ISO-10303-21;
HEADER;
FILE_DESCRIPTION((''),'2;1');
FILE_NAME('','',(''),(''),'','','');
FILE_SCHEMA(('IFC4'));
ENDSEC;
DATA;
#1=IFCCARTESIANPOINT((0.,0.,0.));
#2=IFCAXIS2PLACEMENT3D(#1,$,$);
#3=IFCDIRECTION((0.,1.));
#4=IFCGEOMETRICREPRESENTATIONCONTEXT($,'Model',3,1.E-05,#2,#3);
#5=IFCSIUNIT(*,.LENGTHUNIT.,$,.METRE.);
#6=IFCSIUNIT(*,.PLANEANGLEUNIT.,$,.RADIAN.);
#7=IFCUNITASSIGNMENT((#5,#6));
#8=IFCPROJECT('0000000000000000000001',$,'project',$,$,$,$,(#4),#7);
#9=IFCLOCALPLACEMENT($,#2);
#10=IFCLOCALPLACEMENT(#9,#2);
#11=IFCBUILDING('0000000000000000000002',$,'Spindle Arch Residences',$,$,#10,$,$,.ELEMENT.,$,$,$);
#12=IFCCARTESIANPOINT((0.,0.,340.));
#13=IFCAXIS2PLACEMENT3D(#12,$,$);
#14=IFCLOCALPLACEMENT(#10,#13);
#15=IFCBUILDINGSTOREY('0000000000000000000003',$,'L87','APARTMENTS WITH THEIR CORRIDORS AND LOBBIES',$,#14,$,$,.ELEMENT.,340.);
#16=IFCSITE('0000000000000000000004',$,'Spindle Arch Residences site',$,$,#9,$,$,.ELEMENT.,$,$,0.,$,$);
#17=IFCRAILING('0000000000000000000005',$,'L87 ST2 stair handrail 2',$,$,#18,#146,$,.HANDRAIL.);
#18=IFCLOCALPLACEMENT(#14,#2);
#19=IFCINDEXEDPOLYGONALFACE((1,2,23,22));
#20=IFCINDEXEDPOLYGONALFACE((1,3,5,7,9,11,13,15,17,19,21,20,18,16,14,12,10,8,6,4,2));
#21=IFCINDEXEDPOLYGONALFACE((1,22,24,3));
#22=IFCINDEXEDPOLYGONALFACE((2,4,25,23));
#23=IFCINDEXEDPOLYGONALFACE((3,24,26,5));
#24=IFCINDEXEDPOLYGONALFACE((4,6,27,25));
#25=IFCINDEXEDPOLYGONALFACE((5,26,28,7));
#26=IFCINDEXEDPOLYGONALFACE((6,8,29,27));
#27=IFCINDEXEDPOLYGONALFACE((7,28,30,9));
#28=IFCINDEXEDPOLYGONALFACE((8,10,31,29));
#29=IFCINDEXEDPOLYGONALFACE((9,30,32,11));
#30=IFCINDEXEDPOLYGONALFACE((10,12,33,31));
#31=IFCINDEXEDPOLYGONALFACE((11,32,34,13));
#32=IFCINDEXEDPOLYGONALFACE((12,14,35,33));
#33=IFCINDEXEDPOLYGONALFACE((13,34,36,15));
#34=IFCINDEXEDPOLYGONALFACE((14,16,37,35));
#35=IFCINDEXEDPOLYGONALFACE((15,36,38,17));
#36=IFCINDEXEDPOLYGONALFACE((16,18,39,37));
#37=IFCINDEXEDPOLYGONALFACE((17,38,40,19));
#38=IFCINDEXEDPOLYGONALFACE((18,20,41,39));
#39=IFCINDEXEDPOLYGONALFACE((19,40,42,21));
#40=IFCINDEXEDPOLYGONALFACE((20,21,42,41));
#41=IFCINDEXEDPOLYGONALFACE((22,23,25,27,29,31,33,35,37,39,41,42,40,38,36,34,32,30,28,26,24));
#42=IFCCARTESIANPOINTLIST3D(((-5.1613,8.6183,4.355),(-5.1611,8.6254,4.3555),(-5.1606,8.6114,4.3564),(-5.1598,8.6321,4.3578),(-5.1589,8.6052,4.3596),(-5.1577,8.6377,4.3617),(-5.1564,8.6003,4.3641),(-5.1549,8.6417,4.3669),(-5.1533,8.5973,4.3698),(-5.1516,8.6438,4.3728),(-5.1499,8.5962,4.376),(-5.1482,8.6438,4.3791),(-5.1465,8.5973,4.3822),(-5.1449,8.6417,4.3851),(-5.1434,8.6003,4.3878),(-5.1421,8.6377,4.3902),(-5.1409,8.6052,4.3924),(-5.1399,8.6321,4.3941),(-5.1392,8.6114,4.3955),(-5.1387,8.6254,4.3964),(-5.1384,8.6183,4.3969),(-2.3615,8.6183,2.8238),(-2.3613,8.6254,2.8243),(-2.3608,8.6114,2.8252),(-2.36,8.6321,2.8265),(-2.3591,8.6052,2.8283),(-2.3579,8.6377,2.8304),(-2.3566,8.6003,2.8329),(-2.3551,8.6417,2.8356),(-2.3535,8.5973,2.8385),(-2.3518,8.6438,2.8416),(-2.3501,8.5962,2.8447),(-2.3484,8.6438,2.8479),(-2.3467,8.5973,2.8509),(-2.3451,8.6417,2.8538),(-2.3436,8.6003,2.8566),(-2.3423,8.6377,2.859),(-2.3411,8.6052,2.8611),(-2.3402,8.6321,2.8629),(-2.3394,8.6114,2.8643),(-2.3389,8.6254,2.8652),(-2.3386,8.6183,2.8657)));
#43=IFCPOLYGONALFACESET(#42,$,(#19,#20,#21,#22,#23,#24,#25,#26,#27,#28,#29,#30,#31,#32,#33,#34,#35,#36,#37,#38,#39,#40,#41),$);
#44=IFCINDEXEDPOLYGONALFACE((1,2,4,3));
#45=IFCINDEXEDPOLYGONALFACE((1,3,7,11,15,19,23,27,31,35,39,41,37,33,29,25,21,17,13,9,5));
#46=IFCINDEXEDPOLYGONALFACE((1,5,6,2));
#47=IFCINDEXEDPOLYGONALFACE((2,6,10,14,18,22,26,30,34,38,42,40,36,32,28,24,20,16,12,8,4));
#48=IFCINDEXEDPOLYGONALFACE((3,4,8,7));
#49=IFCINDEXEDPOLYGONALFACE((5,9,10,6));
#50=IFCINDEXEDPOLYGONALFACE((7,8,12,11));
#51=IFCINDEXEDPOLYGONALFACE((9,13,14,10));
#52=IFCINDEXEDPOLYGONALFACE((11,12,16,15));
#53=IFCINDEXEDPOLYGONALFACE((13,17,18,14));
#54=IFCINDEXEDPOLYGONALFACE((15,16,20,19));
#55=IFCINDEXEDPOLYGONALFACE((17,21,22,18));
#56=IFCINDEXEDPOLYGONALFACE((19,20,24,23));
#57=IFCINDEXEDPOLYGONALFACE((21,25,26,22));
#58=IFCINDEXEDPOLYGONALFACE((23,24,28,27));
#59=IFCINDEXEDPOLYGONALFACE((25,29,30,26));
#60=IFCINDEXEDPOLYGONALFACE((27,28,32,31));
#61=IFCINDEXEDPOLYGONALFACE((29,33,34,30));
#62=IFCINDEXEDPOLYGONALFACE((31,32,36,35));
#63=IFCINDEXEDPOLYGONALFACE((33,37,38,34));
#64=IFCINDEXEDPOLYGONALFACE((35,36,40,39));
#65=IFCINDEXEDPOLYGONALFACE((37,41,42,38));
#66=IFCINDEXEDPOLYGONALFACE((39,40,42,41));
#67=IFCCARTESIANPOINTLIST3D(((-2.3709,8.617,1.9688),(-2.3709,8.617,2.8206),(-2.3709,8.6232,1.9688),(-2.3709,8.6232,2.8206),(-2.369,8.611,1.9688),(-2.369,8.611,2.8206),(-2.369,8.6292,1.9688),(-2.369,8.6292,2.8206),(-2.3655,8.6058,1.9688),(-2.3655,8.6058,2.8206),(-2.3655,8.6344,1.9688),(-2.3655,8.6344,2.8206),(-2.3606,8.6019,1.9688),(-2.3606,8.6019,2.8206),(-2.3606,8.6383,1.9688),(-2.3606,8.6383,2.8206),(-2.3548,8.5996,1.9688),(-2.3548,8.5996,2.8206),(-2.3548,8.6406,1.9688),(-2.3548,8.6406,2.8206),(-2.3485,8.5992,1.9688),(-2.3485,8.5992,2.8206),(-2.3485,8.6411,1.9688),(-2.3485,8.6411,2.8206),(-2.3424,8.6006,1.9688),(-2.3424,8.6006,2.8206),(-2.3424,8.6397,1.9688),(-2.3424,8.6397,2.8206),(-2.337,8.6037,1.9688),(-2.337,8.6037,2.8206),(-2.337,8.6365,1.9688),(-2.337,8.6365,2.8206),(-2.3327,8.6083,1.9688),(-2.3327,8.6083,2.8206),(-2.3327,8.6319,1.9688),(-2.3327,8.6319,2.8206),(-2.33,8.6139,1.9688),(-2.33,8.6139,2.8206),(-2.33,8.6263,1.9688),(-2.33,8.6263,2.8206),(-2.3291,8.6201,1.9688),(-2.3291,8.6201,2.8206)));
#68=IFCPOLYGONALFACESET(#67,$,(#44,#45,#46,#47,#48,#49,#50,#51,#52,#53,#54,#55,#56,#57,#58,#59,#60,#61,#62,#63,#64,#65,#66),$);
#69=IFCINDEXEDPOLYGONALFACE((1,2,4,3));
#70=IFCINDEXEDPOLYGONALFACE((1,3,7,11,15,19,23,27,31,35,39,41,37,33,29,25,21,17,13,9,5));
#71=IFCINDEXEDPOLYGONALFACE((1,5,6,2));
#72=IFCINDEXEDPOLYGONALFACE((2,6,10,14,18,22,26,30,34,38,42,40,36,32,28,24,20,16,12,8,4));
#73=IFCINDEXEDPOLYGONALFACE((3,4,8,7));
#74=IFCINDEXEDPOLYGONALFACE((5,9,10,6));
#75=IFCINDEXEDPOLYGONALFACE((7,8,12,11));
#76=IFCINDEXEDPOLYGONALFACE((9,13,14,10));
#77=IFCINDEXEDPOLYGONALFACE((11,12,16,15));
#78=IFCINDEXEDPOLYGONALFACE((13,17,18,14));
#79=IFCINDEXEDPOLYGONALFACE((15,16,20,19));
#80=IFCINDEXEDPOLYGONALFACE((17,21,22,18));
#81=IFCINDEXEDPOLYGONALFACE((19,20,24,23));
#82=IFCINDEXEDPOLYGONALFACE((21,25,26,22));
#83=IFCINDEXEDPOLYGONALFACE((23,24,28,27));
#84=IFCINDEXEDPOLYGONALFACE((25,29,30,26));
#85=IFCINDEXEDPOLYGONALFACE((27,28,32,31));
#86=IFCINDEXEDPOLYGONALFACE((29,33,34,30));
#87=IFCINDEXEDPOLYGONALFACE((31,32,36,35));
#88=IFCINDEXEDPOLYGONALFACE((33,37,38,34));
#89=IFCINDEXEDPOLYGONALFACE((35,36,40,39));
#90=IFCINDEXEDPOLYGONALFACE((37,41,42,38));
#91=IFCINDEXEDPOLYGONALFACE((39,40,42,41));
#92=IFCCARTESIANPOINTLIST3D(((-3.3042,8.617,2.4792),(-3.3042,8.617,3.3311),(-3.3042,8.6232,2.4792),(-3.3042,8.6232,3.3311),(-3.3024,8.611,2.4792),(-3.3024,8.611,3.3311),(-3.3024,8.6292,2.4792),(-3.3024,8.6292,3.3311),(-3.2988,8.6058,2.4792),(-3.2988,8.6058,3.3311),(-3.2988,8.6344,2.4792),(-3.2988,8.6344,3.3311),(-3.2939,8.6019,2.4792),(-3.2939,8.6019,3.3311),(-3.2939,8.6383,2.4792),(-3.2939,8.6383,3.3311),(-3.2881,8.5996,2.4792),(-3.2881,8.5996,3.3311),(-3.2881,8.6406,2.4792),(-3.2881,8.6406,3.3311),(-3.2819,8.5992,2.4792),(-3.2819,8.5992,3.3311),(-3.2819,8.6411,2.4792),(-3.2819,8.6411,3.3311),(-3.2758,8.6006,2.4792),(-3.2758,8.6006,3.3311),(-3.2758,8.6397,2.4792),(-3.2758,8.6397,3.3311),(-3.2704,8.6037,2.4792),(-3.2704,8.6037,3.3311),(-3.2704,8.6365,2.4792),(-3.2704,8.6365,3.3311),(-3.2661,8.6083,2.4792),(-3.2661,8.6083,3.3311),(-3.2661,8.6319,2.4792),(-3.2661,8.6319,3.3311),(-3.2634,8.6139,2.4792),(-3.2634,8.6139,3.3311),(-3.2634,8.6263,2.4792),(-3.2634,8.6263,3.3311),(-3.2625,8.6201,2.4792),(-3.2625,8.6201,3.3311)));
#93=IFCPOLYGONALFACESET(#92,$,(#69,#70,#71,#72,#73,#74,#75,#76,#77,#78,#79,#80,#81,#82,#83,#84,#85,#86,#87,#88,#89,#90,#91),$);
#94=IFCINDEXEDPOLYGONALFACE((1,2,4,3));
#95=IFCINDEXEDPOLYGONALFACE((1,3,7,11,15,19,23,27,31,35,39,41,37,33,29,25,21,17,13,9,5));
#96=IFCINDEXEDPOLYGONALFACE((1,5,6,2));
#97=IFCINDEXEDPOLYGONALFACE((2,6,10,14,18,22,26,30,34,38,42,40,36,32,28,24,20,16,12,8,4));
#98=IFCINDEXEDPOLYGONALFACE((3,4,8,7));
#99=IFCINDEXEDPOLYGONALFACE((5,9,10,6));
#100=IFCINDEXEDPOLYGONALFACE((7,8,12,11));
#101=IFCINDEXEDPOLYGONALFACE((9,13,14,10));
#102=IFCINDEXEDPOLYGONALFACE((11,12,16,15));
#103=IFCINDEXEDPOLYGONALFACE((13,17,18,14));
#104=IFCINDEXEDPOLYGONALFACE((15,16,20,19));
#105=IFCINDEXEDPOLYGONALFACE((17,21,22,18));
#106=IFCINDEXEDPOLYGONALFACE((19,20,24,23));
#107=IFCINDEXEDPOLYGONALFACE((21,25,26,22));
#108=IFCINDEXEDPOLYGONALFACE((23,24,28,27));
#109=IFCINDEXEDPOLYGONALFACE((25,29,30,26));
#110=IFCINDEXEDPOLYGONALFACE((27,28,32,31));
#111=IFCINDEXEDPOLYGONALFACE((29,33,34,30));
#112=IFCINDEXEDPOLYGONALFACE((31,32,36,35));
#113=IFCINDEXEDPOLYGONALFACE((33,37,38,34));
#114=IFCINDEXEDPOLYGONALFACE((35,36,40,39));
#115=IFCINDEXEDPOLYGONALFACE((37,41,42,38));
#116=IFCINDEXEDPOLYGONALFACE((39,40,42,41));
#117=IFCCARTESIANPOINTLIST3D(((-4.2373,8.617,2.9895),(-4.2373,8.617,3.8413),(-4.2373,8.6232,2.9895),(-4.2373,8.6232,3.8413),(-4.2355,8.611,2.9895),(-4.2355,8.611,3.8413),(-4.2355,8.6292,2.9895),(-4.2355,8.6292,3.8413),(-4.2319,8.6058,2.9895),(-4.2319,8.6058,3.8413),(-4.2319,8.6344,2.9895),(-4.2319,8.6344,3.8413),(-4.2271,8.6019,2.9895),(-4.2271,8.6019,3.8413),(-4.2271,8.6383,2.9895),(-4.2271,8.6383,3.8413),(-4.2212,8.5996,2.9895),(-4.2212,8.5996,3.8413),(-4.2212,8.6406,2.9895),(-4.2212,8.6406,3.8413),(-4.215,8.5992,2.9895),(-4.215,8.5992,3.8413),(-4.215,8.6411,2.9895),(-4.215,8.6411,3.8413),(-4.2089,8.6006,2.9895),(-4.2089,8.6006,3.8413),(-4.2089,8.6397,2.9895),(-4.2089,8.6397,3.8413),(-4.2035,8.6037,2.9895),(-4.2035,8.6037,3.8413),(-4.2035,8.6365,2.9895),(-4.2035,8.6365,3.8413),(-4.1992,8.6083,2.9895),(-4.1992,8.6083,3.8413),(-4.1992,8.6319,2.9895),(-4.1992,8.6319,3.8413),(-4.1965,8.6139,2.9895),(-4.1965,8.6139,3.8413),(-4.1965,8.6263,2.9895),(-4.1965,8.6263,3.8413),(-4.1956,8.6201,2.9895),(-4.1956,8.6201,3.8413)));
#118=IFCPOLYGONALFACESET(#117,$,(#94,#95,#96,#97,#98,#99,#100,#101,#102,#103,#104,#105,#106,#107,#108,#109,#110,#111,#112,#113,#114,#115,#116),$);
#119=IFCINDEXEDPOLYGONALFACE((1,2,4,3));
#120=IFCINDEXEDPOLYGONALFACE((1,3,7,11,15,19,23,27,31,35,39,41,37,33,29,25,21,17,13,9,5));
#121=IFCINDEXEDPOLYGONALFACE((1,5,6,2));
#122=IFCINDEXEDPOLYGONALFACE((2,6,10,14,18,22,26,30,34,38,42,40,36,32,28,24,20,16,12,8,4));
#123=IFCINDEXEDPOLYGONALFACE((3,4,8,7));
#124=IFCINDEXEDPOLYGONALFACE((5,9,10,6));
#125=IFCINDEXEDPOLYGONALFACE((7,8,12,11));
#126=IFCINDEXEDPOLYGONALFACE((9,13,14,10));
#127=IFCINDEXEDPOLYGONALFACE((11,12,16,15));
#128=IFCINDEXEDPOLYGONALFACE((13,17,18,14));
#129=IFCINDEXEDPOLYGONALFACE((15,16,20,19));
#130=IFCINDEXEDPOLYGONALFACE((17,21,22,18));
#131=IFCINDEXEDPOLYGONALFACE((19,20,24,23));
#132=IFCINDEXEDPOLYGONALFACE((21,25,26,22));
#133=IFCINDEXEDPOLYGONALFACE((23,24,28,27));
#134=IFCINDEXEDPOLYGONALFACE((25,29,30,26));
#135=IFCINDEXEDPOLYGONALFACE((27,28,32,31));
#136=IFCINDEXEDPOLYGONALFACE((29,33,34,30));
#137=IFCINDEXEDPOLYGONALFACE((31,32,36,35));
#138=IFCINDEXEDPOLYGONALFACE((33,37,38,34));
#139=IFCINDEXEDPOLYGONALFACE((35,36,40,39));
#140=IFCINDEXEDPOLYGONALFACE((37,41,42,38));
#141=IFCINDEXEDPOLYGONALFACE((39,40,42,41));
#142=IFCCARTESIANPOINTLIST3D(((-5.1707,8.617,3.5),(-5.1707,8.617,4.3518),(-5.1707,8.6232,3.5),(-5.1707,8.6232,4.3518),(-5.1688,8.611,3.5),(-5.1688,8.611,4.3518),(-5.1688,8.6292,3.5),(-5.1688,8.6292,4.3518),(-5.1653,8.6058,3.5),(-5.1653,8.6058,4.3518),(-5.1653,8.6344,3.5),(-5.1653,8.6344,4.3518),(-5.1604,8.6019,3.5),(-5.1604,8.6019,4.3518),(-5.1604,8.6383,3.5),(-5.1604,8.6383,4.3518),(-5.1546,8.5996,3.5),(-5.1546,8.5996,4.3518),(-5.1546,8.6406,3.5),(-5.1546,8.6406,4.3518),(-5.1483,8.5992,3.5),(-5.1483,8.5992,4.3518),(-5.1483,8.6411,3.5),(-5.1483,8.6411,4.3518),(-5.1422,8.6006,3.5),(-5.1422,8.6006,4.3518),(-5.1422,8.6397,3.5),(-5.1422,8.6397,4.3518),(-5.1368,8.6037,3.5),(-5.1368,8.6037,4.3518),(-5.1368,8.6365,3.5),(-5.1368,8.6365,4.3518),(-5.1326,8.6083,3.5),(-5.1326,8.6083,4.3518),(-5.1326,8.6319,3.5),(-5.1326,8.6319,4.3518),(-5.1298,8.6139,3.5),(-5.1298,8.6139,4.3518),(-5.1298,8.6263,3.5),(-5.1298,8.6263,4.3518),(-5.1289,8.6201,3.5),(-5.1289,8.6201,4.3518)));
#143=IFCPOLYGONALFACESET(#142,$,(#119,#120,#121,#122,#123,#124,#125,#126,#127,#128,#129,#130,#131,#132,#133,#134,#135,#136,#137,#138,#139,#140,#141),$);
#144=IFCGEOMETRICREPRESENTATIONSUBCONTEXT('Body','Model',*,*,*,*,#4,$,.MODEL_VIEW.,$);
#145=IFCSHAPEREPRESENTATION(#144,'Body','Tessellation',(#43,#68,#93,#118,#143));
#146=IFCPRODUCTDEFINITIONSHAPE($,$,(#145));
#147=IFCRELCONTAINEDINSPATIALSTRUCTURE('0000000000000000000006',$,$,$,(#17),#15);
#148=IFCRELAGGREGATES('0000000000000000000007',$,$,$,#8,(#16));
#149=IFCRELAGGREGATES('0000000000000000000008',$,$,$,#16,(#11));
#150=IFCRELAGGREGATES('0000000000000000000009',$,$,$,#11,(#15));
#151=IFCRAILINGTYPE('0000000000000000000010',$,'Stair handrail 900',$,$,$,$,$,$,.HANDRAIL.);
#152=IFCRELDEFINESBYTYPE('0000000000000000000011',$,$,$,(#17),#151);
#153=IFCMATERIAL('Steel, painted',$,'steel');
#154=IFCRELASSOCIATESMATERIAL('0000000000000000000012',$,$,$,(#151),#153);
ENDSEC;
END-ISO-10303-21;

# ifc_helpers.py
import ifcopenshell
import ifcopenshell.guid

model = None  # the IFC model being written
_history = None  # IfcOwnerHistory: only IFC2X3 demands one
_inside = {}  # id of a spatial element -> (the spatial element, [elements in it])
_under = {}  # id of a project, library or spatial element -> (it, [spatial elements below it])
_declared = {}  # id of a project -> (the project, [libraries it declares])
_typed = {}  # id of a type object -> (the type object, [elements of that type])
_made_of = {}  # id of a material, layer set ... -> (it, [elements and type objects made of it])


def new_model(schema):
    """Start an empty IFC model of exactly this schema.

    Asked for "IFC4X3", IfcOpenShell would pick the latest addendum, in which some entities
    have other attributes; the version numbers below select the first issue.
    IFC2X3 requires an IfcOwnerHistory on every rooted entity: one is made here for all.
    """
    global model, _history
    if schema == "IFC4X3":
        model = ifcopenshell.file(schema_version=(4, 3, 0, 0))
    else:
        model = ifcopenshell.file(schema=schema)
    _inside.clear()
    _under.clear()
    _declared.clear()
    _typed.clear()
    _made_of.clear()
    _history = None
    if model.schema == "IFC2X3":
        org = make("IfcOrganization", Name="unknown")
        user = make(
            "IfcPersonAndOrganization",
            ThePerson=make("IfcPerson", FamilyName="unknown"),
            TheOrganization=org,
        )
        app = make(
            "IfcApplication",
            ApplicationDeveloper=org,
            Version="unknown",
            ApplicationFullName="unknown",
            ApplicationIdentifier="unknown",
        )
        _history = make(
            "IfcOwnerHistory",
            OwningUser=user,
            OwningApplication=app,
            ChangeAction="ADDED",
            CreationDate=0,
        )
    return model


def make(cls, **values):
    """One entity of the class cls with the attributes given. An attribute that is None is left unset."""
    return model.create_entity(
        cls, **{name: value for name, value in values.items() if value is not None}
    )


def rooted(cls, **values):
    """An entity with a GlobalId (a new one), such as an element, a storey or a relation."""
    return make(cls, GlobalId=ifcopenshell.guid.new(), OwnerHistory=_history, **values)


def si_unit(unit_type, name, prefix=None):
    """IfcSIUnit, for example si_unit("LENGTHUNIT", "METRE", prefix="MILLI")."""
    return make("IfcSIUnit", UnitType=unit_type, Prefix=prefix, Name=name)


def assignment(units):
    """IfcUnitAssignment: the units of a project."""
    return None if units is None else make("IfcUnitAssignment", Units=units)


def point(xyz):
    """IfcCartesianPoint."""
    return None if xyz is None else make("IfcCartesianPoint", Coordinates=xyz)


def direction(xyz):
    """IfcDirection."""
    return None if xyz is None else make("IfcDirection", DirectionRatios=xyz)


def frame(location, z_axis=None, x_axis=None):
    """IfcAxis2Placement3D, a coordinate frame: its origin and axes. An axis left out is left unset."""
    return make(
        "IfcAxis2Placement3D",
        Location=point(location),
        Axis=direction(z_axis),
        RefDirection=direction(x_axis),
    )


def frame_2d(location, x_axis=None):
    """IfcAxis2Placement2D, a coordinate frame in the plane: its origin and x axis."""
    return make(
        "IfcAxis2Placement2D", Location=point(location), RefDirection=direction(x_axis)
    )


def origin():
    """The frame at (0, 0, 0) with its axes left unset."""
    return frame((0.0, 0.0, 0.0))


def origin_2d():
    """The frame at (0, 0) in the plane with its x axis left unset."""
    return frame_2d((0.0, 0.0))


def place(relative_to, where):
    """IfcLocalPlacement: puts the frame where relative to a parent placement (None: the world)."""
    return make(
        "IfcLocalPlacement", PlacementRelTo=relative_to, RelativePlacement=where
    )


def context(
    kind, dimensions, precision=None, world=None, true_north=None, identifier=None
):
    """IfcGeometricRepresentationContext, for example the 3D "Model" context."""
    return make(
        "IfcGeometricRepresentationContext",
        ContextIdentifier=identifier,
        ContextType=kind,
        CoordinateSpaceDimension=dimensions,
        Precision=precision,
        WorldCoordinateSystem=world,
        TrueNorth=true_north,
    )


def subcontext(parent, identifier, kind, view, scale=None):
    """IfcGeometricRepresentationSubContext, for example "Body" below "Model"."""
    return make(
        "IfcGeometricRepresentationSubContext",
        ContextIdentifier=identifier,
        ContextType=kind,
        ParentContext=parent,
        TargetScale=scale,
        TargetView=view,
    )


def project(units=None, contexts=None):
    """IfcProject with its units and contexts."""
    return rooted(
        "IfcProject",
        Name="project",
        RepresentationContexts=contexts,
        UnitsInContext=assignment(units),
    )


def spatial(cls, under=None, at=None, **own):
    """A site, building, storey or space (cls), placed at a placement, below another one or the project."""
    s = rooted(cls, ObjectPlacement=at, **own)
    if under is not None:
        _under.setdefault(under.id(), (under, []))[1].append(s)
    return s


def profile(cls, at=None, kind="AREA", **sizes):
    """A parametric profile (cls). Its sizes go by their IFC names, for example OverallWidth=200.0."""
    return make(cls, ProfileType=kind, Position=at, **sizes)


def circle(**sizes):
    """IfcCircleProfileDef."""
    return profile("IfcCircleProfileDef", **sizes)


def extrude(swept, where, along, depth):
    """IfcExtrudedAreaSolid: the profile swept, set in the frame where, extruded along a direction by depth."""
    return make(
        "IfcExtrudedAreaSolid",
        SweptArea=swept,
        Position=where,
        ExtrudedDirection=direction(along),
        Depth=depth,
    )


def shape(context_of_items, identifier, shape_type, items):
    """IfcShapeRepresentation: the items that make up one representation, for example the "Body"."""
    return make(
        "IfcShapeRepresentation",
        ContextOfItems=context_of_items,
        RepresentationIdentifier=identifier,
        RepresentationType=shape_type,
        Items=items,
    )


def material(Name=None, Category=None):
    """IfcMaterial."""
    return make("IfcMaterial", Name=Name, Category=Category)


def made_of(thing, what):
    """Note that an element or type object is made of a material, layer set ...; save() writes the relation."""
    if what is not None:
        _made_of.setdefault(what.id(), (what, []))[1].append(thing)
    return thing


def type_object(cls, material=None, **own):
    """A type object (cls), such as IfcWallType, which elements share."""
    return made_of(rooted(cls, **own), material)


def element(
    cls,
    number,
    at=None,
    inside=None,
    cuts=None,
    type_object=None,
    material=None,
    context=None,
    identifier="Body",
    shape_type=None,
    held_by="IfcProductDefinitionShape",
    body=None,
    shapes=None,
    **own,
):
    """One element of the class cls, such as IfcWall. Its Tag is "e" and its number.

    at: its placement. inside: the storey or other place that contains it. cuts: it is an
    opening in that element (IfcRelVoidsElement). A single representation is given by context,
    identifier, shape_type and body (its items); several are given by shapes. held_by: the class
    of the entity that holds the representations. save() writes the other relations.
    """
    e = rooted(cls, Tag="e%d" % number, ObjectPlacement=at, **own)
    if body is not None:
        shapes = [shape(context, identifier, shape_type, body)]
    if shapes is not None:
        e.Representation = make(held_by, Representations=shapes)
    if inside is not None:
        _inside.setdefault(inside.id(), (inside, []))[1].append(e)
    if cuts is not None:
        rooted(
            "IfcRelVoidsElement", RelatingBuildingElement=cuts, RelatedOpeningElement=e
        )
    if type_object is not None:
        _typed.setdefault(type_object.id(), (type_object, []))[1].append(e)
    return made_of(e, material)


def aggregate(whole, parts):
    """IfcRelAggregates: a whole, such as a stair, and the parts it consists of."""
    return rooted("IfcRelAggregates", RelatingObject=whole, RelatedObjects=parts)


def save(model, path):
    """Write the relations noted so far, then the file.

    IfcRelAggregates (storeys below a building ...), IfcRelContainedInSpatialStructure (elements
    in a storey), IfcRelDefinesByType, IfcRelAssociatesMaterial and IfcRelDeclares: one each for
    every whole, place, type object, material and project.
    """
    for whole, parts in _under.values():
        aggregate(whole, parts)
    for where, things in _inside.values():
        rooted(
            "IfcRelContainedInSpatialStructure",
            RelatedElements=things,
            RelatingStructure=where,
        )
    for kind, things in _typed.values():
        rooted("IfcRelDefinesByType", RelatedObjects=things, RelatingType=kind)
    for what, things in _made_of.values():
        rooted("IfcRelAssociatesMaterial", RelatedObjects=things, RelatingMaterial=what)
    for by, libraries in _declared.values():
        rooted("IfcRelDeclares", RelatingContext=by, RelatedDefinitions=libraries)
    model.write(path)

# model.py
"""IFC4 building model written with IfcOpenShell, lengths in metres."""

from ifc_helpers import new_model, si_unit, direction, frame, origin, origin_2d, place, context, subcontext, project, spatial, circle, extrude, material, type_object, element, save


model = new_model("IFC4")

# Units and contexts
model_context = context("Model", 3, precision=1e-05, world=origin(), true_north=direction((0.0, 1.0)))
body_context = subcontext(model_context, "Body", "Model", "MODEL_VIEW")
ifc_project = project(units=[si_unit("LENGTHUNIT", "METRE"), si_unit("PLANEANGLEUNIT", "RADIAN")], contexts=[model_context])

# Site, building, storey
site_placement = place(None, origin())
site = spatial("IfcSite", under=ifc_project, at=site_placement, Name="Spindle Arch Residences site", CompositionType="ELEMENT", RefElevation=0.0)
building_placement = place(site_placement, origin())
building = spatial("IfcBuilding", under=site, at=building_placement, Name="Spindle Arch Residences", CompositionType="ELEMENT")
storey_placement = place(building_placement, frame((0.0, 0.0, 340.0)))
storey = spatial("IfcBuildingStorey", under=building, at=storey_placement, Name="L87", Description="APARTMENTS WITH THEIR CORRIDORS AND LOBBIES", CompositionType="ELEMENT", Elevation=340.0)

# Railing
ifc_material_1 = material(Name="Steel, painted", Category="steel")
railing_type_1 = type_object("IfcRailingType", Name="Stair handrail 900", PredefinedType="HANDRAIL", material=ifc_material_1)
railing_1_placement = place(storey_placement, frame((-2.3501, 8.6201, 1.9688)))
element("IfcRailing", 1, at=railing_1_placement, inside=storey, type_object=railing_type_1, Name="L87 ST2 stair handrail 2", PredefinedType="HANDRAIL", context=body_context, shape_type="SweptSolid", body=[
    extrude(circle(Radius=0.0239, at=origin_2d()), frame((0.0, 0.0, 0.876), z_axis=(-0.877357, 0.0, 0.479838), x_axis=(0.0, -1.0, 0.0)), (0.0, 0.0, 1.0), 3.1912),
    extrude(circle(Radius=0.021, at=origin_2d()), origin(), (0.0, 0.0, 1.0), 0.8518),
    extrude(circle(Radius=0.021, at=origin_2d()), frame((-0.9333, 0.0, 0.5105)), (0.0, 0.0, 1.0), 0.8518),
    extrude(circle(Radius=0.021, at=origin_2d()), frame((-1.8665, 0.0, 1.0208)), (0.0, 0.0, 1.0), 0.8518),
    extrude(circle(Radius=0.021, at=origin_2d()), frame((-2.7998, 0.0, 1.5312)), (0.0, 0.0, 1.0), 0.8518),
])

save(model, "model.ifc")
